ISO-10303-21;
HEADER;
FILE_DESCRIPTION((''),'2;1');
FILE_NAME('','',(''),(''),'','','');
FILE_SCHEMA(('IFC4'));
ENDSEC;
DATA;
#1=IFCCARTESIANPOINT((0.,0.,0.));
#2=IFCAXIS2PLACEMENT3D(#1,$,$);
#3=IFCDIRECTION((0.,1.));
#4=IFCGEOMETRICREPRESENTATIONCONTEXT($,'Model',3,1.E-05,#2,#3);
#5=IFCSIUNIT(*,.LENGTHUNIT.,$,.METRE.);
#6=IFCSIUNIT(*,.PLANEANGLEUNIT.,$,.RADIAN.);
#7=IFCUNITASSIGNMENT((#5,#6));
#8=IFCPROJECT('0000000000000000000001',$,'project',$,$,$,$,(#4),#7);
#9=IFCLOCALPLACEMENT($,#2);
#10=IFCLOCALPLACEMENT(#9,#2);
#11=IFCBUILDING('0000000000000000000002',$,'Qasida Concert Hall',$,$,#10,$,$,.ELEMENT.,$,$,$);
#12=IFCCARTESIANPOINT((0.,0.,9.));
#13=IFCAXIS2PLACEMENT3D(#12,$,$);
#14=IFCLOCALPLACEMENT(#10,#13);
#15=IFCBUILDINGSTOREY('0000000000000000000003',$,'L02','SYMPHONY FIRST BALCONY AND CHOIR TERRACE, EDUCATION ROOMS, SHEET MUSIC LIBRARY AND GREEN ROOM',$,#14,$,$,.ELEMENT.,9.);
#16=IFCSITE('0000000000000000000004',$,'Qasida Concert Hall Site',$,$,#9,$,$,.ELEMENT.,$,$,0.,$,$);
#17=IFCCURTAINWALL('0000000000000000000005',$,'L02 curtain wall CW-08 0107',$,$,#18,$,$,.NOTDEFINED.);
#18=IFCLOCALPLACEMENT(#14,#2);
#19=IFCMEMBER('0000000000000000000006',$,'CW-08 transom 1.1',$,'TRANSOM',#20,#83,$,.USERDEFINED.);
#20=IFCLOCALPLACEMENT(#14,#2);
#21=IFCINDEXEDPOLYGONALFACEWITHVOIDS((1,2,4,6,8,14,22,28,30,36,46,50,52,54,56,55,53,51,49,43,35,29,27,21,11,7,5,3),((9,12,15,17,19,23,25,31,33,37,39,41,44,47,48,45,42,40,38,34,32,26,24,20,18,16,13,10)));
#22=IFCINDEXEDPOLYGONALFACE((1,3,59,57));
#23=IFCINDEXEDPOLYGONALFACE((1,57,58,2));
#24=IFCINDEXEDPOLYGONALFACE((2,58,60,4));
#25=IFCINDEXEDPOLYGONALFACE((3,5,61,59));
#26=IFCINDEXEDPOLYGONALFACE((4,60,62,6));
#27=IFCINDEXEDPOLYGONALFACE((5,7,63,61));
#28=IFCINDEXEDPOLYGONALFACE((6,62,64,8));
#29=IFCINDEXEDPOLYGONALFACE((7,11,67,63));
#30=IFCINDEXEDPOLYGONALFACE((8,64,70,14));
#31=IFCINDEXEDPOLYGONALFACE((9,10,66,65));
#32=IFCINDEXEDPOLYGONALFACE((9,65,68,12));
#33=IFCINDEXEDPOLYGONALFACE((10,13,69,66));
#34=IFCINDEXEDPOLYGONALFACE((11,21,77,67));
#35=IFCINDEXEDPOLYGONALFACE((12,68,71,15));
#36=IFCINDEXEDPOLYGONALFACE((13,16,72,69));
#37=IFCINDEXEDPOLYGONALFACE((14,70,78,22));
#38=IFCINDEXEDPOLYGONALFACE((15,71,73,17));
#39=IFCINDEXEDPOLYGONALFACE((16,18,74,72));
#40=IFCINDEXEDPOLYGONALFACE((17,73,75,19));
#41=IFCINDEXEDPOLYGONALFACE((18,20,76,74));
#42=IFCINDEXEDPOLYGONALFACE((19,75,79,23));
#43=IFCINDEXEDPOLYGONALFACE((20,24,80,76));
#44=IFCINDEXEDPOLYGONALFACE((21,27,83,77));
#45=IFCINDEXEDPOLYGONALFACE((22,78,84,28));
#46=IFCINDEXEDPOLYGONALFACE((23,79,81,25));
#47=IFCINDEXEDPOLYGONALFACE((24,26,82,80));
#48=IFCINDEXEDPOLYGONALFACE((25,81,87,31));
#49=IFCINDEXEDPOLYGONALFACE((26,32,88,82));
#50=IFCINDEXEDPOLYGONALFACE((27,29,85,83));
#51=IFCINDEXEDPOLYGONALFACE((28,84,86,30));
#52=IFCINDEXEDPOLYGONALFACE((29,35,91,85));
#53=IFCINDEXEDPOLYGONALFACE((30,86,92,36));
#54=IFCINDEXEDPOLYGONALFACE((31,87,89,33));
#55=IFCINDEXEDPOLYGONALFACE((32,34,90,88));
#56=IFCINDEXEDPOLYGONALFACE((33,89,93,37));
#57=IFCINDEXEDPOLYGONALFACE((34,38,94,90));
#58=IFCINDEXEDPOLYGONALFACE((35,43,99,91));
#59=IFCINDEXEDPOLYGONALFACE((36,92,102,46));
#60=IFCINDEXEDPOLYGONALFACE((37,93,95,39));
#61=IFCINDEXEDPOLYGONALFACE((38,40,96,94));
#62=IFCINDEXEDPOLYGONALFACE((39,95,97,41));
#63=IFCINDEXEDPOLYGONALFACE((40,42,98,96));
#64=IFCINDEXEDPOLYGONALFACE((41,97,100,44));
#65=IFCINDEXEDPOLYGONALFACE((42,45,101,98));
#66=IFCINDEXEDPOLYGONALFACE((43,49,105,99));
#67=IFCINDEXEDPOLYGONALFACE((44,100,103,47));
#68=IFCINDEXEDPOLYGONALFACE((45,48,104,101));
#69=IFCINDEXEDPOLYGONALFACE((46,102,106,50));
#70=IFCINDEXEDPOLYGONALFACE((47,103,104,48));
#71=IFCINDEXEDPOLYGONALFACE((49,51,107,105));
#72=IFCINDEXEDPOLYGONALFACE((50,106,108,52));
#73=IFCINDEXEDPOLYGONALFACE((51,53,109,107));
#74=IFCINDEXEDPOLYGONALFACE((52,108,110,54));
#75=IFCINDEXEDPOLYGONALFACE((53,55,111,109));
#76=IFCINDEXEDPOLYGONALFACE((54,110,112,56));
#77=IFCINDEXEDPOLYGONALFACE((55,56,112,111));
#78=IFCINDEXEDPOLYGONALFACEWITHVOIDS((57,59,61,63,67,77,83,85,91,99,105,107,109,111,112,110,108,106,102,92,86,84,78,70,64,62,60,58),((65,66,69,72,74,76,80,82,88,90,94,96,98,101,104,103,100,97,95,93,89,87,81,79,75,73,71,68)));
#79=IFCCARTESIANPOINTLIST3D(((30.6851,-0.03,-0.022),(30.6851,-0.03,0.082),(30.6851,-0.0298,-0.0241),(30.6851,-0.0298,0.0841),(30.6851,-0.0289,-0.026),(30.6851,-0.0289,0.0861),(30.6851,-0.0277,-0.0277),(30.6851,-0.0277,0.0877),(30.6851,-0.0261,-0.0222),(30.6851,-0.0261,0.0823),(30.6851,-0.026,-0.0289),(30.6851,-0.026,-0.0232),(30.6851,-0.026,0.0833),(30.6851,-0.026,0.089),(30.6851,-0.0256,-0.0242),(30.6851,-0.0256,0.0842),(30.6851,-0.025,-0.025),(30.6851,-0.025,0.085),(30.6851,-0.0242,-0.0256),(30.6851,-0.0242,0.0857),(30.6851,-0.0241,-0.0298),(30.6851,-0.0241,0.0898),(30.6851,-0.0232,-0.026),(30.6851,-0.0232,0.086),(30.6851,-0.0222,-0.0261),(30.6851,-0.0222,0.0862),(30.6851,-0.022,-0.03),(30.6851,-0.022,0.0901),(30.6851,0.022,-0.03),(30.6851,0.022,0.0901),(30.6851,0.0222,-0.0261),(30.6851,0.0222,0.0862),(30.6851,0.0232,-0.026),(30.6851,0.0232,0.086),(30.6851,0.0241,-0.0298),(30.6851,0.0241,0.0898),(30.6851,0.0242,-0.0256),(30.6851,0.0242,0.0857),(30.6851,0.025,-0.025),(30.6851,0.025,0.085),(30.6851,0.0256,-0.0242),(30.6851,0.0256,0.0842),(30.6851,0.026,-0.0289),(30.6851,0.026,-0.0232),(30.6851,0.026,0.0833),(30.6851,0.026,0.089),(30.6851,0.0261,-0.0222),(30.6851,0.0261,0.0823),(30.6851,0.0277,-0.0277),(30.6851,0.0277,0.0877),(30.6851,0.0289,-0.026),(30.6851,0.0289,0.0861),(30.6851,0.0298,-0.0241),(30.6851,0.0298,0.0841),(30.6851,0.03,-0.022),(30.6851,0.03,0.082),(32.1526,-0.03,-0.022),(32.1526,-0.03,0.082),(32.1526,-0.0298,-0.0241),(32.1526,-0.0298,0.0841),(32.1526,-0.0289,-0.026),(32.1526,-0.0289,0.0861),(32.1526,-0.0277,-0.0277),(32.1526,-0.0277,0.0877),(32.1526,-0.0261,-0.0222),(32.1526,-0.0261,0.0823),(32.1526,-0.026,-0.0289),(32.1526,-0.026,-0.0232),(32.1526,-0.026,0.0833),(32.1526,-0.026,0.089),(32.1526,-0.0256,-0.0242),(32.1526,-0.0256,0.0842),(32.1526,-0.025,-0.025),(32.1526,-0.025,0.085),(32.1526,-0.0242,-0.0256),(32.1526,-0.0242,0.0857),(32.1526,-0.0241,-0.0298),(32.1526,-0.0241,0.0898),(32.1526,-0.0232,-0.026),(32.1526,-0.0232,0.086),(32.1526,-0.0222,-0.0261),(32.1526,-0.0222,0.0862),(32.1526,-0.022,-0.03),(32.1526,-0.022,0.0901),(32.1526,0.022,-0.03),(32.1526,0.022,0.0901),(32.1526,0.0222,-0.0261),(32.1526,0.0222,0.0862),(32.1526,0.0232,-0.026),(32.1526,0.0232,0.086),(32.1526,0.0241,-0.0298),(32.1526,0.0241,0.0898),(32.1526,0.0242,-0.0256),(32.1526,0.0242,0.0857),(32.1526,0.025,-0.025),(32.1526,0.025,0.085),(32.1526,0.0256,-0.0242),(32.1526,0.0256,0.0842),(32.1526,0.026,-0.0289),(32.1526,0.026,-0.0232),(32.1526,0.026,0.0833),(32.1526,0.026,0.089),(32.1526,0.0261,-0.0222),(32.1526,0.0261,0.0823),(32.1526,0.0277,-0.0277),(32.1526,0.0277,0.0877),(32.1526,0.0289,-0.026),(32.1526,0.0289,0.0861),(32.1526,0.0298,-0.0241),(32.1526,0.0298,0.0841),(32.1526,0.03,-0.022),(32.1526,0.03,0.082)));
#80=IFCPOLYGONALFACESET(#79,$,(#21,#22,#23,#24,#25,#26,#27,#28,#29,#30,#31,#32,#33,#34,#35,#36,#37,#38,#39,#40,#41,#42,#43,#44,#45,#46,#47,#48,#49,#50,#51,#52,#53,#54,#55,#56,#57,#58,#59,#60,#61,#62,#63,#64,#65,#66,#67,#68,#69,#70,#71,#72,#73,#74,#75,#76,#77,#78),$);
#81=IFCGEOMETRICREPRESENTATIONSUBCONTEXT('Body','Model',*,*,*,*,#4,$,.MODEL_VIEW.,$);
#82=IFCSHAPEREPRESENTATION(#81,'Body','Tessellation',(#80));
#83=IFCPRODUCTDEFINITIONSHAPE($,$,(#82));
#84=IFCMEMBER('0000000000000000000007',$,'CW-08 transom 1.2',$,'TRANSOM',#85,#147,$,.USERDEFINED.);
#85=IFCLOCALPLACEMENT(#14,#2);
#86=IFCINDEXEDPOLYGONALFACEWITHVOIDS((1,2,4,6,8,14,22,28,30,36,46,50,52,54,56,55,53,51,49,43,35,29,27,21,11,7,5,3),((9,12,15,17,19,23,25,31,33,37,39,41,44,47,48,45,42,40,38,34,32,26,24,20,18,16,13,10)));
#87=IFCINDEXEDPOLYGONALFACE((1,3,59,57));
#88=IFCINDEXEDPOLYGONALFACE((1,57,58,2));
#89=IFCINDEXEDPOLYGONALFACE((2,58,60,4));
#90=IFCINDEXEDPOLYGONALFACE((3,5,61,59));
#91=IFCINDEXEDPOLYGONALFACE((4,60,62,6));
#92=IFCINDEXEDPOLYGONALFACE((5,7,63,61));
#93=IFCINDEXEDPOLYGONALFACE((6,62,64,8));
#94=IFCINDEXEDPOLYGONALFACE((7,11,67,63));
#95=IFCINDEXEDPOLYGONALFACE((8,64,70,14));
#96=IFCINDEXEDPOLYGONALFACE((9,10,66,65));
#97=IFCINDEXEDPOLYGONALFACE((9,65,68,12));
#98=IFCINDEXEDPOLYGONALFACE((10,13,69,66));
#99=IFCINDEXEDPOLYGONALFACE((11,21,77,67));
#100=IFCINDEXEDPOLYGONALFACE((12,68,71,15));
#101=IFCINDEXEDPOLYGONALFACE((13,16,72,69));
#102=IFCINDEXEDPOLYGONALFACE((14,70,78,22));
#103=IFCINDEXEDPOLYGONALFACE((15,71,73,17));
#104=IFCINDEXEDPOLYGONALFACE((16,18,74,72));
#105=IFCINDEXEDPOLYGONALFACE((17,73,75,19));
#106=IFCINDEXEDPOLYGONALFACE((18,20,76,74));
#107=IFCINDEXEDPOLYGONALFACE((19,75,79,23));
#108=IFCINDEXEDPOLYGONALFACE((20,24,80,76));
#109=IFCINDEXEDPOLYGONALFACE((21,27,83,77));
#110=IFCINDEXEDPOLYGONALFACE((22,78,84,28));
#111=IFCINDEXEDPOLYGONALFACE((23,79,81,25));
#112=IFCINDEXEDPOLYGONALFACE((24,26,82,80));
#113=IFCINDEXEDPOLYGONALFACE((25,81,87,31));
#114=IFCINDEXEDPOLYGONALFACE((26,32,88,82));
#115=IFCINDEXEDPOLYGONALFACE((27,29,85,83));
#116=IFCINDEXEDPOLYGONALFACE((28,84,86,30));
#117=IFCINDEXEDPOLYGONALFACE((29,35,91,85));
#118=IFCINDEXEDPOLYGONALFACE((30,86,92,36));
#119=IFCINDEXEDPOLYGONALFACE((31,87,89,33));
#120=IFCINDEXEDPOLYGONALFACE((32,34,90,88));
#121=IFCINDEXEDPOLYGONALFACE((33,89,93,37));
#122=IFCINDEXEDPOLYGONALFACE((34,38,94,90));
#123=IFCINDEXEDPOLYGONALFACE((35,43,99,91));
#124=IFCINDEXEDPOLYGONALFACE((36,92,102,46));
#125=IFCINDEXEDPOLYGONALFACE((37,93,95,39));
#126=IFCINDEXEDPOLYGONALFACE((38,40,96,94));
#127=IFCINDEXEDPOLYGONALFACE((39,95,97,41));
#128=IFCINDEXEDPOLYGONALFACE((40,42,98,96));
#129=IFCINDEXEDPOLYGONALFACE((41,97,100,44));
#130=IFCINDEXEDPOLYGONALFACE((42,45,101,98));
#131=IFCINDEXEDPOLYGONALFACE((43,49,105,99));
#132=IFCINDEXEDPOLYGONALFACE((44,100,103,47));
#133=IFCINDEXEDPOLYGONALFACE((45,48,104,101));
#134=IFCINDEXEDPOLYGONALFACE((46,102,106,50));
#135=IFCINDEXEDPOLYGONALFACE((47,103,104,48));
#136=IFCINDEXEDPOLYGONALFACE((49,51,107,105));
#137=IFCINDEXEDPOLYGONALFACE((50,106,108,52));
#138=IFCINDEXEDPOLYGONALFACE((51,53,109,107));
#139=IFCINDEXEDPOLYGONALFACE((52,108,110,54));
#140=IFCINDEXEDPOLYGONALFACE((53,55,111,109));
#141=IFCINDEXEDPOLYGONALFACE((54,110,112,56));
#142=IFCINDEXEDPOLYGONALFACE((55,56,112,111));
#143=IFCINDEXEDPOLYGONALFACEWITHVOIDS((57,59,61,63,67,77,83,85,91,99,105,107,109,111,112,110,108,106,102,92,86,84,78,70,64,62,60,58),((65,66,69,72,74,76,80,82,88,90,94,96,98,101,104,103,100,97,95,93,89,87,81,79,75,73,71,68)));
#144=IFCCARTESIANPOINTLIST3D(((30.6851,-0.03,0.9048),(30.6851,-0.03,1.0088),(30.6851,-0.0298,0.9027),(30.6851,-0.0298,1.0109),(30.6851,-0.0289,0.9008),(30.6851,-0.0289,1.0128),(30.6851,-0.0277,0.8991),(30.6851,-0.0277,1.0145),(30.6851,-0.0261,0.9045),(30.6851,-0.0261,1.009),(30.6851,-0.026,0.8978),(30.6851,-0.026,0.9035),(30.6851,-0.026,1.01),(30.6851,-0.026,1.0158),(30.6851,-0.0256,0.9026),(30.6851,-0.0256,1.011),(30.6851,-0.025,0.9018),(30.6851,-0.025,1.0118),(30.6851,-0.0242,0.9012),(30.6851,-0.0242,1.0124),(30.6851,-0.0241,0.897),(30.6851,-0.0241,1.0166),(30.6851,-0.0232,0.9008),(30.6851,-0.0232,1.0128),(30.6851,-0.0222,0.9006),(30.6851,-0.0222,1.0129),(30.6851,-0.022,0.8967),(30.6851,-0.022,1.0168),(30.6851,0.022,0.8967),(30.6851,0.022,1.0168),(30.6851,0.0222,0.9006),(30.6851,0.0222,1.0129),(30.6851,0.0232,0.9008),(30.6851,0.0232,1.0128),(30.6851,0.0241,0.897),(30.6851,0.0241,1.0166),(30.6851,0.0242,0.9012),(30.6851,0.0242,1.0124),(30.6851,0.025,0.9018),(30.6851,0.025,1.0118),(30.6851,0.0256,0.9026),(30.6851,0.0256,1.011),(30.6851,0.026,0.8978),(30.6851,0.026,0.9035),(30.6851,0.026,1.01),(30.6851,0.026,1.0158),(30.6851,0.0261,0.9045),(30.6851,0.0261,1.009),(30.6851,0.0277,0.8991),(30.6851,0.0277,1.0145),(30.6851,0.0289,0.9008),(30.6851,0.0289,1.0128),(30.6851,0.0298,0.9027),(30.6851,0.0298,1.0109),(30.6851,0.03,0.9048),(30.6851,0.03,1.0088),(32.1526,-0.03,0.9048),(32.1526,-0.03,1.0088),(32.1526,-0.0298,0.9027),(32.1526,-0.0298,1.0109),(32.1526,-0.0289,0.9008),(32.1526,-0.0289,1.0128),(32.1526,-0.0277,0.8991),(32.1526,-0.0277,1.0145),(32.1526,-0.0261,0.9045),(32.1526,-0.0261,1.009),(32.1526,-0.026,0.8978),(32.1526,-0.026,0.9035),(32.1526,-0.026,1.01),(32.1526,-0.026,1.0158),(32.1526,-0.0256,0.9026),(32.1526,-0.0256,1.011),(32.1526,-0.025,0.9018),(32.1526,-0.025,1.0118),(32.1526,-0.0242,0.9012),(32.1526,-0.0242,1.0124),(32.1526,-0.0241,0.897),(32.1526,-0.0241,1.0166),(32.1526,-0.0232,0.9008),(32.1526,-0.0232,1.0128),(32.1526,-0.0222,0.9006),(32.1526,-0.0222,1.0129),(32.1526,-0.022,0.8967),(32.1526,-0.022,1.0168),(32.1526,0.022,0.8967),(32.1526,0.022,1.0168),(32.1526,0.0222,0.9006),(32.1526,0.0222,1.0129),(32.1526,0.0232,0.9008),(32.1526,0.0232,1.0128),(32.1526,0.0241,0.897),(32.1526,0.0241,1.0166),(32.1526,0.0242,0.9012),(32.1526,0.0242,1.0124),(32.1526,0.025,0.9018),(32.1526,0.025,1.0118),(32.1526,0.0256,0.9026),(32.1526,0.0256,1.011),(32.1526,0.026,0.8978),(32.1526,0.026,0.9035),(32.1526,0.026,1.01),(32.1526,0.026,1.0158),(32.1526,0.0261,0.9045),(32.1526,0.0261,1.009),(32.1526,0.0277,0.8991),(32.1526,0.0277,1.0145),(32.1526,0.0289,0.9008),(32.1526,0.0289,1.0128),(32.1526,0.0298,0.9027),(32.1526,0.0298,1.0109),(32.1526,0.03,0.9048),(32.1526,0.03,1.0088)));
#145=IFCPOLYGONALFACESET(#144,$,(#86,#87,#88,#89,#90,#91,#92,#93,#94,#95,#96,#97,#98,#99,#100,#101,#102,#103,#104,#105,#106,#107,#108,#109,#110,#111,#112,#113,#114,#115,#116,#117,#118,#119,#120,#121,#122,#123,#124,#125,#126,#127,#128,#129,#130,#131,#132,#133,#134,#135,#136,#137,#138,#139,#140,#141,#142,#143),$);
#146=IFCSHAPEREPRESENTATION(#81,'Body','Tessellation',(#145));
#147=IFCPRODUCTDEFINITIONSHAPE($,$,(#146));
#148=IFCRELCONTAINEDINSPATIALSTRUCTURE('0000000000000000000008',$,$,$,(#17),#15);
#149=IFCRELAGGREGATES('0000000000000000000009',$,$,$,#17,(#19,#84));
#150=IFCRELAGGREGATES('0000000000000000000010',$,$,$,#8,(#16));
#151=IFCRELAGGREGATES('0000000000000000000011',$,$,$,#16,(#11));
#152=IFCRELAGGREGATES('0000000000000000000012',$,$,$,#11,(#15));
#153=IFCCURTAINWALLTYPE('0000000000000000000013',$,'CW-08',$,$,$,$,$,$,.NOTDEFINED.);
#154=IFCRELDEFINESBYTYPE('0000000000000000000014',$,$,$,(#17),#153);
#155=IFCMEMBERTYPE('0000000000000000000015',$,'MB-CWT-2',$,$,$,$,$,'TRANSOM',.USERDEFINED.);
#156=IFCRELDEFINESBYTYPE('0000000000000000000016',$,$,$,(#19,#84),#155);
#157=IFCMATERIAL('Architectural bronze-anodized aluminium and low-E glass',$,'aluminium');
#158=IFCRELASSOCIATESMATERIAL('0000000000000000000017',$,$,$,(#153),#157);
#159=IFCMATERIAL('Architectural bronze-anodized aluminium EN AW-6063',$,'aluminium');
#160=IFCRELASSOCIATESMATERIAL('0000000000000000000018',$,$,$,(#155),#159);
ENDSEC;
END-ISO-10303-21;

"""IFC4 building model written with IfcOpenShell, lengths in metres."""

from ifc_helpers import new_model, si_unit, direction, frame, origin, origin_2d, place, context, subcontext, project, spatial, hollow_rectangle, extrude, material, material_profile, profile_set, type_object, element, aggregate, save


model = new_model("IFC4")

# Units and contexts
model_context = context("Model", 3, precision=1e-05, world=origin(), true_north=direction((0.0, 1.0)))
body_context = subcontext(model_context, "Body", "Model", "MODEL_VIEW")
ifc_project = project(units=[si_unit("LENGTHUNIT", "METRE"), si_unit("PLANEANGLEUNIT", "RADIAN")], contexts=[model_context])

# Site, building, storey
site_placement = place(None, origin())
site = spatial("IfcSite", under=ifc_project, at=site_placement, Name="Qasida Concert Hall Site", CompositionType="ELEMENT", RefElevation=0.0)
building_placement = place(site_placement, origin())
building = spatial("IfcBuilding", under=site, at=building_placement, Name="Qasida Concert Hall", CompositionType="ELEMENT")
storey_placement = place(building_placement, frame((0.0, 0.0, 9.0)))
storey = spatial("IfcBuildingStorey", under=building, at=storey_placement, Name="L02", Description="SYMPHONY FIRST BALCONY AND CHOIR TERRACE, EDUCATION ROOMS, SHEET MUSIC LIBRARY AND GREEN ROOM", CompositionType="ELEMENT", Elevation=9.0)

# Shared definitions
ifc_material_1 = material(Name="Architectural bronze-anodized aluminium and low-E glass", Category="aluminium")
curtain_wall_type = type_object("IfcCurtainWallType", Name="CW-08", PredefinedType="NOTDEFINED", material=ifc_material_1)
ifc_material_2 = material(Name="Architectural bronze-anodized aluminium EN AW-6063", Category="aluminium")

# Curtain wall, members
curtain_wall_1_placement = place(storey_placement, origin())
curtain_wall_1 = element("IfcCurtainWall", 1, at=curtain_wall_1_placement, inside=storey, type_object=curtain_wall_type, Name="L02 curtain wall CW-08 0107", PredefinedType="NOTDEFINED")
ifc_material_profile_1 = material_profile(ifc_material_2, hollow_rectangle(XDim=0.0601, YDim=0.1201, WallThickness=0.0039, InnerFilletRadius=0.0039, OuterFilletRadius=0.0081, at=origin_2d()), Name="CWT 120x60x4")
ifc_profile_set_1 = profile_set([ifc_material_profile_1], Name="Architectural bronze-anodized aluminium EN AW-6063")
member_type_1 = type_object("IfcMemberType", Name="MB-CWT-2", ElementType="TRANSOM", PredefinedType="USERDEFINED", material=ifc_profile_set_1)
member_1_placement = place(storey_placement, frame((30.6851, 0.0, 0.03), z_axis=(1.0, 0.0, 0.0), x_axis=(0.0, 1.0, 0.0)))
member_1 = element("IfcMember", 2, at=member_1_placement, type_object=member_type_1, Name="CW-08 transom 1.1", ObjectType="TRANSOM", PredefinedType="USERDEFINED", context=body_context, shape_type="SweptSolid", body=[
    extrude(hollow_rectangle(XDim=0.0601, YDim=0.1201, WallThickness=0.0039, InnerFilletRadius=0.0039, OuterFilletRadius=0.0081, at=origin_2d()), origin(), (0.0, 0.0, 1.0), 1.4675),
])
member_2_placement = place(storey_placement, frame((30.6851, 0.0, 0.9568), z_axis=(1.0, 0.0, 0.0), x_axis=(0.0, 1.0, 0.0)))
member_2 = element("IfcMember", 3, at=member_2_placement, type_object=member_type_1, Name="CW-08 transom 1.2", ObjectType="TRANSOM", PredefinedType="USERDEFINED", context=body_context, shape_type="SweptSolid", body=[
    extrude(hollow_rectangle(XDim=0.0601, YDim=0.1201, WallThickness=0.0039, InnerFilletRadius=0.0039, OuterFilletRadius=0.0081, at=origin_2d()), origin(), (0.0, 0.0, 1.0), 1.4675),
])
aggregate(curtain_wall_1, [member_1, member_2])

save(model, "model.ifc")
